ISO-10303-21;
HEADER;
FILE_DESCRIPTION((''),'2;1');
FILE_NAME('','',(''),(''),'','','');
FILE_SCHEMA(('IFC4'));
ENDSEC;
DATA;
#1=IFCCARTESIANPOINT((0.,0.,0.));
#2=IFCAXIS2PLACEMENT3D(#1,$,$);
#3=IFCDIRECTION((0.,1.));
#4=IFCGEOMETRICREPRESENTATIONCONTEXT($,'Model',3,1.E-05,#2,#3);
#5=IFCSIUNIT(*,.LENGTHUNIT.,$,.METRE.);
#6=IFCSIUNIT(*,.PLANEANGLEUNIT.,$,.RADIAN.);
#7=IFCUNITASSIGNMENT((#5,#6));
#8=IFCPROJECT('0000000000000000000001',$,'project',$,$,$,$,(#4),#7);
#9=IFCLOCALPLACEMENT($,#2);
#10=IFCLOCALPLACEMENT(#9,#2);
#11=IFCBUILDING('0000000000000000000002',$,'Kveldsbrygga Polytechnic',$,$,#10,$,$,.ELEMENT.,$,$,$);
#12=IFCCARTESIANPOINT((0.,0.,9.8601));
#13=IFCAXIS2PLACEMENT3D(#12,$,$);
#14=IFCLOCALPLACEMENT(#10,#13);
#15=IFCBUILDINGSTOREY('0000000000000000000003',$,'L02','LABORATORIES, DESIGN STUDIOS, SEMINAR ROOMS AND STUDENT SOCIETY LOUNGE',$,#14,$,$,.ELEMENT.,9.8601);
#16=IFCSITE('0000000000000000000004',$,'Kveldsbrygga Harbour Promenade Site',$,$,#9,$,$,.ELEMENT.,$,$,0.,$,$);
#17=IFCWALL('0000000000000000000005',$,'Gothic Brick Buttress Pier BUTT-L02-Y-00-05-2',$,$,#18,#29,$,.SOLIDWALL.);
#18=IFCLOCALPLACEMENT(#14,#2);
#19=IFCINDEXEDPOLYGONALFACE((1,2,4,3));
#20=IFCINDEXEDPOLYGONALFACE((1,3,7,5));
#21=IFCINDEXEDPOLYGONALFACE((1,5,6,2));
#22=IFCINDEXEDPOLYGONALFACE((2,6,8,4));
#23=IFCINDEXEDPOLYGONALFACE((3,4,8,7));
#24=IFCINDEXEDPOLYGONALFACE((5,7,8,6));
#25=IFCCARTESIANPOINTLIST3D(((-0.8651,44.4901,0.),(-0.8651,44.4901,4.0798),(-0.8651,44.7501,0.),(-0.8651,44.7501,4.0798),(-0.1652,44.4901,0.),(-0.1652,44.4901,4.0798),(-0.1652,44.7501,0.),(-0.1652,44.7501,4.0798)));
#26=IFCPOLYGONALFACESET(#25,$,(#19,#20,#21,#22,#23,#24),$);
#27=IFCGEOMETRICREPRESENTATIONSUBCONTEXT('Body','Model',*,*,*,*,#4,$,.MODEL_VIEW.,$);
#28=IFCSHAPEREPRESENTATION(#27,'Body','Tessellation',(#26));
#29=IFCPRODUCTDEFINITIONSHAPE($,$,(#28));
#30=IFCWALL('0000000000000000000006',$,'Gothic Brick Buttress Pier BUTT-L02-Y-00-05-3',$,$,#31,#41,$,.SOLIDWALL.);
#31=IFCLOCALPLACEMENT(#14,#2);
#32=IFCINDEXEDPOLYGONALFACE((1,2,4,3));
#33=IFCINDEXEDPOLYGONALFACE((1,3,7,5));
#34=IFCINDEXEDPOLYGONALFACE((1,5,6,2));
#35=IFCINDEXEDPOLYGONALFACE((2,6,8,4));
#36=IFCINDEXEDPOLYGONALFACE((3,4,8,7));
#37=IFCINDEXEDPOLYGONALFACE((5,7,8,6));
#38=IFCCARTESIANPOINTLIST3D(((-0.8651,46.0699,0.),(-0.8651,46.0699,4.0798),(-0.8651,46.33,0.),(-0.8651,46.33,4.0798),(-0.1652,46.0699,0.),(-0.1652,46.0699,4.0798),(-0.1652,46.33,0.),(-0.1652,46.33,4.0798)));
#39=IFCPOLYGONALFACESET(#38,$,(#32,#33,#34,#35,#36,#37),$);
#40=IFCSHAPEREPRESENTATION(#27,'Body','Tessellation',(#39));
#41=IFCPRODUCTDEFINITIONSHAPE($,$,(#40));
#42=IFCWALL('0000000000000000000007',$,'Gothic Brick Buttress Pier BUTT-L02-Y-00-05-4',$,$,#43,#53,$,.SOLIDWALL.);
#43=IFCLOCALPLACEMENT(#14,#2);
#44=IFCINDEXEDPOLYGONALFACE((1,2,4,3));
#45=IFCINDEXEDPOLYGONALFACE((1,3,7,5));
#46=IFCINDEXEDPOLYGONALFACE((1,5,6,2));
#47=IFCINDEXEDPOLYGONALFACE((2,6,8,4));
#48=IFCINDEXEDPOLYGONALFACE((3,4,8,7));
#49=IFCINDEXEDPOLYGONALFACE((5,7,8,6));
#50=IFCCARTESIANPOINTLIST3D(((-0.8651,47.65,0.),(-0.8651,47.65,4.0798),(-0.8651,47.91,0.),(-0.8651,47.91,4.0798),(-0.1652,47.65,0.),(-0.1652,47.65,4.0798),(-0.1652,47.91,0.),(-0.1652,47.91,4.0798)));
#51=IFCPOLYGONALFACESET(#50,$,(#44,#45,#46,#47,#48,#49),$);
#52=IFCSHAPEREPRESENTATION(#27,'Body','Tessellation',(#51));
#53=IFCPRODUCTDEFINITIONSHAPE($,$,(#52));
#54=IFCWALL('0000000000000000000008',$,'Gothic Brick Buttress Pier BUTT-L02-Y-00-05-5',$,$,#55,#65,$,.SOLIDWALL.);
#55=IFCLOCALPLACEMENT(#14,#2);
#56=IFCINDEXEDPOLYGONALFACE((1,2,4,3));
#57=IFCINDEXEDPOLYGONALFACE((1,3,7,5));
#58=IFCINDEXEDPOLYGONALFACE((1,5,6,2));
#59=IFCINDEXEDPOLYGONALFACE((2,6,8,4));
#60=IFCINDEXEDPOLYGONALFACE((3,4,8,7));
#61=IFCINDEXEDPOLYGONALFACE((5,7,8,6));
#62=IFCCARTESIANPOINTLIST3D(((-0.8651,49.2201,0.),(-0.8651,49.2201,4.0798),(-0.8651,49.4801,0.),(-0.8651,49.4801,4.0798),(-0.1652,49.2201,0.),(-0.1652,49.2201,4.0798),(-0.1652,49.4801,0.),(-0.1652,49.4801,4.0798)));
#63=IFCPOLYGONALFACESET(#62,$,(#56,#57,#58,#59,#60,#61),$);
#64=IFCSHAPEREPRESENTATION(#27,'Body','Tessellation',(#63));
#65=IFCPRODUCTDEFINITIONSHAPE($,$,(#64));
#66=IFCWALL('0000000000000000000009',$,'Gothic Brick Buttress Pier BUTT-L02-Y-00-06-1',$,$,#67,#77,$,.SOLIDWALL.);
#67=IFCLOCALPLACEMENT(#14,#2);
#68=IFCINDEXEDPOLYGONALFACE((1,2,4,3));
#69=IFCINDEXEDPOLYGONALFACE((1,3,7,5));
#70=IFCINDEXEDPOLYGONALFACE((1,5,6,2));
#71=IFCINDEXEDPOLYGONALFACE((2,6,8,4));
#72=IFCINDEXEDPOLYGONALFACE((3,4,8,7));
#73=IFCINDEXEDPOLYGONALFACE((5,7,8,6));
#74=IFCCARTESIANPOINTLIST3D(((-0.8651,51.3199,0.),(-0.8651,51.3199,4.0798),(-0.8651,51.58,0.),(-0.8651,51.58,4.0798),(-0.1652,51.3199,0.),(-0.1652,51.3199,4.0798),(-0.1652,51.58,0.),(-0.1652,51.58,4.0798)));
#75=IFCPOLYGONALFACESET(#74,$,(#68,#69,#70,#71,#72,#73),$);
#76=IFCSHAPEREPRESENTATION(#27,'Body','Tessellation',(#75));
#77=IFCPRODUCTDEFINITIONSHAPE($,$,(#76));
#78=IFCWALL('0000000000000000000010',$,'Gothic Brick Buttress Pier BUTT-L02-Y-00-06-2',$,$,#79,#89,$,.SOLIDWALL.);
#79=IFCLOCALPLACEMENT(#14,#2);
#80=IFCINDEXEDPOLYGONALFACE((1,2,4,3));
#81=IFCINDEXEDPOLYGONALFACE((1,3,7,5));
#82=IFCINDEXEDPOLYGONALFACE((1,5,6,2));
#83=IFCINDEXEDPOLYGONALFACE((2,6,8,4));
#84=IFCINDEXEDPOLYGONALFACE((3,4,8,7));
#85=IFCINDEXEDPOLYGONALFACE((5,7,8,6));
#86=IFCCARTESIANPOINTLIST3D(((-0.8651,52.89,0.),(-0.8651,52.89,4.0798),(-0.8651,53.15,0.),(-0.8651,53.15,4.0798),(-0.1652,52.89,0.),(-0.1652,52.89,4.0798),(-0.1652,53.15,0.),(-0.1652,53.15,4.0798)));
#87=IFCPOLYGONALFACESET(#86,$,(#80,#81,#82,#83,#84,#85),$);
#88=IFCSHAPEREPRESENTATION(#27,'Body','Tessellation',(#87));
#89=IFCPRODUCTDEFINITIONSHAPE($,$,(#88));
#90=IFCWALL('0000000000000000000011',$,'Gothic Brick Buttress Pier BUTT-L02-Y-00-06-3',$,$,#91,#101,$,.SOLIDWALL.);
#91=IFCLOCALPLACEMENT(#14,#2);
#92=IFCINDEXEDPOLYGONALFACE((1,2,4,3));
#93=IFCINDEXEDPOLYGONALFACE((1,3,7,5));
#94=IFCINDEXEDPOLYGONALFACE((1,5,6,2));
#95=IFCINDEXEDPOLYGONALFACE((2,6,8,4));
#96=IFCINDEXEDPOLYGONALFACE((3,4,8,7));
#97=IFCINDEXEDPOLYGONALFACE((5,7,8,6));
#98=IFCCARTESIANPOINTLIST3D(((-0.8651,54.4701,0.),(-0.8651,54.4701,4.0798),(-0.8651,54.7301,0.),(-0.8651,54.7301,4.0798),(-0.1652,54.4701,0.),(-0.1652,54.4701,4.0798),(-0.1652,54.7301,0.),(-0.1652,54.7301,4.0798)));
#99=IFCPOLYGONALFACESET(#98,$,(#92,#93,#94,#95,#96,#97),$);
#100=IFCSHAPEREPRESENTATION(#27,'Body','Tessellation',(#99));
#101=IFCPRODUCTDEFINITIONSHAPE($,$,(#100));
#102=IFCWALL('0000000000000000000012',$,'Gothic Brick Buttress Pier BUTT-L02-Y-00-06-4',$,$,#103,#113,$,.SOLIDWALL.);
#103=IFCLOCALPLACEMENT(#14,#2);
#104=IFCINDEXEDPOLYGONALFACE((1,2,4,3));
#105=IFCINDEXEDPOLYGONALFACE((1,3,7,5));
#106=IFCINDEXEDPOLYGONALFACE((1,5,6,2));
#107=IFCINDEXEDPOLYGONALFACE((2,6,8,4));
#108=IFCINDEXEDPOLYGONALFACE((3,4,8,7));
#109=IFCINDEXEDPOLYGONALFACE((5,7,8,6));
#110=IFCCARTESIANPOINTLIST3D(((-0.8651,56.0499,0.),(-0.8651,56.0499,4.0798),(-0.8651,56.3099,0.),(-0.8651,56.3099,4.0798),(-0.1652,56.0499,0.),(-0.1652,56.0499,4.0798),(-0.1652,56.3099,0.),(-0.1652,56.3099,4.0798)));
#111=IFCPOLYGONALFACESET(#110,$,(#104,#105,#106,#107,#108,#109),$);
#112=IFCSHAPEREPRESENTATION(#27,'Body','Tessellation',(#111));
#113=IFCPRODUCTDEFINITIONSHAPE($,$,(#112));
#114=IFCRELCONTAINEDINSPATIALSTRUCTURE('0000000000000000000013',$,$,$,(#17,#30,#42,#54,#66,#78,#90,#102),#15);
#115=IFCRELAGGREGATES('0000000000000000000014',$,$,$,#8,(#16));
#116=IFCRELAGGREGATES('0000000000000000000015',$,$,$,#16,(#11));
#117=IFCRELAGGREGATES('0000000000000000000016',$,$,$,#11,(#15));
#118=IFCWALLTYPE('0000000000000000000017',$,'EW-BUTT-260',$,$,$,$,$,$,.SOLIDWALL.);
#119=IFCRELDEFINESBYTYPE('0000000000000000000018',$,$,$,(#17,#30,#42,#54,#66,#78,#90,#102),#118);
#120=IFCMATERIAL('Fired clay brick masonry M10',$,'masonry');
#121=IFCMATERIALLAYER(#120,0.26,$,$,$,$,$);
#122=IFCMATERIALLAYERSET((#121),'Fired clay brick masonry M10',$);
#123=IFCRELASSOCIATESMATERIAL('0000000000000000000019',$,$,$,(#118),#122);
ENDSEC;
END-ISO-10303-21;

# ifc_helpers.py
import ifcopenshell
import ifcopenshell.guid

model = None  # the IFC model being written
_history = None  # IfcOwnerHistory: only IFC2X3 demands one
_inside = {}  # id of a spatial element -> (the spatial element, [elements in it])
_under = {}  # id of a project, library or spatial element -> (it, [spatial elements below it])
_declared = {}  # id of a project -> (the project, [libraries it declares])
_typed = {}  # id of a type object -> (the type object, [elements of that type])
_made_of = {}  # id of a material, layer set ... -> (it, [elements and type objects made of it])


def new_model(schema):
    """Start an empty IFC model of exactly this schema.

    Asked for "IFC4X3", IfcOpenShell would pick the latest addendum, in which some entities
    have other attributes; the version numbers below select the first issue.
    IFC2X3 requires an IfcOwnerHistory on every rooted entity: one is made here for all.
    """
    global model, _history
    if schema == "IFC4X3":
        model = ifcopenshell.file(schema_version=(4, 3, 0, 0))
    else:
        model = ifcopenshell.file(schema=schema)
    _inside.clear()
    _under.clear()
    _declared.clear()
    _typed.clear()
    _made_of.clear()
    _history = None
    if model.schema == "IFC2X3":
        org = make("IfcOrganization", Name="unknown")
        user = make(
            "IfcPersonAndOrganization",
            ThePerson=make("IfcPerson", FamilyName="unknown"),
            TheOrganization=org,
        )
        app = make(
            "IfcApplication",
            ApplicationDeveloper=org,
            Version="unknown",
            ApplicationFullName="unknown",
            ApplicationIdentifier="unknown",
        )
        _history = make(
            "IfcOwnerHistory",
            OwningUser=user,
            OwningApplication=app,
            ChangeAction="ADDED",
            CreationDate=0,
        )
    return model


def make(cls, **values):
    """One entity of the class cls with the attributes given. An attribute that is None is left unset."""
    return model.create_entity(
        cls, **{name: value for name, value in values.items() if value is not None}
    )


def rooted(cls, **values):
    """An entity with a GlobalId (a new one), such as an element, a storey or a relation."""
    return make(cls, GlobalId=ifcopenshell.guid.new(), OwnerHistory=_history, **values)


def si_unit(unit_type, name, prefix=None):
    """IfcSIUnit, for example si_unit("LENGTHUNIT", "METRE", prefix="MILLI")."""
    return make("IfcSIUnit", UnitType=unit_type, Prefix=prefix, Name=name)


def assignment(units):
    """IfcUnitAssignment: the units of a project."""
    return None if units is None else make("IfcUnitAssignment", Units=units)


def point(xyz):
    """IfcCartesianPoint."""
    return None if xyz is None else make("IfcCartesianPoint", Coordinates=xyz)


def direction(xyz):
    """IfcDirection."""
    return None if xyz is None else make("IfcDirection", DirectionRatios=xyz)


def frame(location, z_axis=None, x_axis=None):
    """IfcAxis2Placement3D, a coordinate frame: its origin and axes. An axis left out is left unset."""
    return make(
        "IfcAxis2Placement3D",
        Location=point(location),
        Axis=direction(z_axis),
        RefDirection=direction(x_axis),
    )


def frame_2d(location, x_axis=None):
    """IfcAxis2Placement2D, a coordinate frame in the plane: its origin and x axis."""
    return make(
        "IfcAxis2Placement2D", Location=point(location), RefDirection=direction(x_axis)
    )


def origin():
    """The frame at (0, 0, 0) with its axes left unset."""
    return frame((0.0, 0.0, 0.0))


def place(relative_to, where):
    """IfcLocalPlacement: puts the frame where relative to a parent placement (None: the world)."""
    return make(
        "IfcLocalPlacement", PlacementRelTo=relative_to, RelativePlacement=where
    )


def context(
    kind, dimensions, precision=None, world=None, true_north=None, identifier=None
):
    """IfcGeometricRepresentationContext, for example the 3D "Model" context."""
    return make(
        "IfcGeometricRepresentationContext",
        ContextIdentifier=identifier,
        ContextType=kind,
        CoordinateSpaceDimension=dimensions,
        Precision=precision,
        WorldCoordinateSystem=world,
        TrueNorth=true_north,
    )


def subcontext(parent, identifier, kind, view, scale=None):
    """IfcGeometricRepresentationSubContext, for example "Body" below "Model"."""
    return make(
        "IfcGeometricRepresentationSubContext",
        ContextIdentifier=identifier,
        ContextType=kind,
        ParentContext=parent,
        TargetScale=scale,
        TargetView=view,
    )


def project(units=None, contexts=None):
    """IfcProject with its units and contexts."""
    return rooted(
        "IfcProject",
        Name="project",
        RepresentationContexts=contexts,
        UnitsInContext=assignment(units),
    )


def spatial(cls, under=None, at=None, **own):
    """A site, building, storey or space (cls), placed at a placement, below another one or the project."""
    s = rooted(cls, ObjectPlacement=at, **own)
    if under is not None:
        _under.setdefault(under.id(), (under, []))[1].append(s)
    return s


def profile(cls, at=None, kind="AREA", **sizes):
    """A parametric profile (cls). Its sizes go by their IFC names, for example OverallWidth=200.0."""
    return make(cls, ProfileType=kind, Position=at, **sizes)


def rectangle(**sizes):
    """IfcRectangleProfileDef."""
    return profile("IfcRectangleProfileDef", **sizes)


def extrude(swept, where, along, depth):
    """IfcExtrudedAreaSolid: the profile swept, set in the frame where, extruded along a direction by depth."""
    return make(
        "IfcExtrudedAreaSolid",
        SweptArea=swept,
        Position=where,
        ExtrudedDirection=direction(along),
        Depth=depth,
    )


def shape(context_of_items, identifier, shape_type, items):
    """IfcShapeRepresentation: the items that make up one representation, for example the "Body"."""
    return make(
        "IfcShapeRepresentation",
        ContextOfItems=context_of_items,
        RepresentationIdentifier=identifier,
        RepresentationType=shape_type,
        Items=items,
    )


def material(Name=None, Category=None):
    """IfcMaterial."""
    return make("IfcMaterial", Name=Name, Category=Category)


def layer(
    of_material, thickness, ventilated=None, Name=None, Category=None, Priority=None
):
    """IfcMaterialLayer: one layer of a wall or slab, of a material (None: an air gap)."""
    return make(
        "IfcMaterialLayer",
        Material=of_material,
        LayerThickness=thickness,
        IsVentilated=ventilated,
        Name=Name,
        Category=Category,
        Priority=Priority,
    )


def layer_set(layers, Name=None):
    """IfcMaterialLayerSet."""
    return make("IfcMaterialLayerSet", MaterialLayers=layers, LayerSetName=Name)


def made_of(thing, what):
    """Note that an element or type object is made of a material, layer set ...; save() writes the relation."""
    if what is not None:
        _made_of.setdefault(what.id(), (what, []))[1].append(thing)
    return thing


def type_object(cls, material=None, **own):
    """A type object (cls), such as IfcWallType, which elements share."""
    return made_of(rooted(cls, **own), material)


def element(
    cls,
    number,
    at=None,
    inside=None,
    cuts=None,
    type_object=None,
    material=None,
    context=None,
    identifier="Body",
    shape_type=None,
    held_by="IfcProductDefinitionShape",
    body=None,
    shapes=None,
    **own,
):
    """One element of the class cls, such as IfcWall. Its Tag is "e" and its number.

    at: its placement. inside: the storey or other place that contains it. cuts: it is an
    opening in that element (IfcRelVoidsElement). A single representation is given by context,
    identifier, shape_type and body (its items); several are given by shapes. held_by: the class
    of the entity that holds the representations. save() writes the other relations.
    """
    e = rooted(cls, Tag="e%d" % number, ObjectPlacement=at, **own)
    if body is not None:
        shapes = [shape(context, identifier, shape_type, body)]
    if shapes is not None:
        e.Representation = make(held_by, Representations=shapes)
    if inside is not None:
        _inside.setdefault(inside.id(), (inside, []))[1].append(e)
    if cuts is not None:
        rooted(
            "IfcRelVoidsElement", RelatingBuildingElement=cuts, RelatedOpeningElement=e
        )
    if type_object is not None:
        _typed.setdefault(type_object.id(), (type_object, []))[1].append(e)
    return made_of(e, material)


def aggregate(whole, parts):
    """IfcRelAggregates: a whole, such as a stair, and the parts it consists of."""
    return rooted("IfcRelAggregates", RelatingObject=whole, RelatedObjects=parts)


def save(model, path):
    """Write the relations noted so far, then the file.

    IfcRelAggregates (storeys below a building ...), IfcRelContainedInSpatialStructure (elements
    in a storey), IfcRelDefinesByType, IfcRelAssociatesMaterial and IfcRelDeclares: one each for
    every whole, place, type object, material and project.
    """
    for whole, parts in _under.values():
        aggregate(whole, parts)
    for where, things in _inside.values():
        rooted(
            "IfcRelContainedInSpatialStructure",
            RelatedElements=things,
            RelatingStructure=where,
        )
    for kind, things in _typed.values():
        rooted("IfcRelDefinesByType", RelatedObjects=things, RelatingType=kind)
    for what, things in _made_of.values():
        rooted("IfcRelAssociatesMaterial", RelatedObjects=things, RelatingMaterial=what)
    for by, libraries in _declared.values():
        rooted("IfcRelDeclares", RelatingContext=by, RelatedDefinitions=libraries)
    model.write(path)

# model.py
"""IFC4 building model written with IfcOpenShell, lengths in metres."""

from ifc_helpers import new_model, si_unit, direction, frame, frame_2d, origin, place, context, subcontext, project, spatial, rectangle, extrude, material, layer, layer_set, type_object, element, save


model = new_model("IFC4")

# Units and contexts
model_context = context("Model", 3, precision=1e-05, world=origin(), true_north=direction((0.0, 1.0)))
body_context = subcontext(model_context, "Body", "Model", "MODEL_VIEW")
ifc_project = project(units=[si_unit("LENGTHUNIT", "METRE"), si_unit("PLANEANGLEUNIT", "RADIAN")], contexts=[model_context])

# Site, building, storey
site_placement = place(None, origin())
site = spatial("IfcSite", under=ifc_project, at=site_placement, Name="Kveldsbrygga Harbour Promenade Site", CompositionType="ELEMENT", RefElevation=0.0)
building_placement = place(site_placement, origin())
building = spatial("IfcBuilding", under=site, at=building_placement, Name="Kveldsbrygga Polytechnic", CompositionType="ELEMENT")
storey_placement = place(building_placement, frame((0.0, 0.0, 9.8601)))
storey = spatial("IfcBuildingStorey", under=building, at=storey_placement, Name="L02", Description="LABORATORIES, DESIGN STUDIOS, SEMINAR ROOMS AND STUDENT SOCIETY LOUNGE", CompositionType="ELEMENT", Elevation=9.8601)

# Shared definitions
ifc_material_1 = material(Name="Fired clay brick masonry M10", Category="masonry")

# Walls
ifc_layer_1 = layer(ifc_material_1, 0.26)
ifc_layer_set_1 = layer_set([ifc_layer_1], Name="Fired clay brick masonry M10")
wall_type_1 = type_object("IfcWallType", Name="EW-BUTT-260", PredefinedType="SOLIDWALL", material=ifc_layer_set_1)
for number, where, z_axis, x_axis, name in (
    (1, (-0.165, 44.6201, 0.0), (0.0, 0.0, 1.0), (-1.0, 0.0, 0.0), "Gothic Brick Buttress Pier BUTT-L02-Y-00-05-2"),
    (2, (-0.165, 46.2, 0.0), (0.0, 0.0, 1.0), (-1.0, 0.0, 0.0), "Gothic Brick Buttress Pier BUTT-L02-Y-00-05-3"),
    (3, (-0.165, 47.78, 0.0), (0.0, 0.0, 1.0), (-1.0, 0.0, 0.0), "Gothic Brick Buttress Pier BUTT-L02-Y-00-05-4"),
    (4, (-0.165, 49.3501, 0.0), (0.0, 0.0, 1.0), (-1.0, 0.0, 0.0), "Gothic Brick Buttress Pier BUTT-L02-Y-00-05-5"),
    (5, (-0.165, 51.45, 0.0), (0.0, 0.0, 1.0), (-1.0, 0.0, 0.0), "Gothic Brick Buttress Pier BUTT-L02-Y-00-06-1"),
    (6, (-0.165, 53.02, 0.0), (0.0, 0.0, 1.0), (-1.0, 0.0, 0.0), "Gothic Brick Buttress Pier BUTT-L02-Y-00-06-2"),
    (7, (-0.165, 54.6001, 0.0), (0.0, 0.0, 1.0), (-1.0, 0.0, 0.0), "Gothic Brick Buttress Pier BUTT-L02-Y-00-06-3"),
    (8, (-0.165, 56.1799, 0.0), (0.0, 0.0, 1.0), (-1.0, 0.0, 0.0), "Gothic Brick Buttress Pier BUTT-L02-Y-00-06-4"),
):
    element("IfcWall", number, at=place(storey_placement, frame(where, z_axis=z_axis, x_axis=x_axis)), inside=storey, type_object=wall_type_1, Name=name, PredefinedType="SOLIDWALL", context=body_context, shape_type="SweptSolid", body=[
        extrude(rectangle(XDim=0.7, YDim=0.26, at=frame_2d((0.3501, 0.0))), origin(), (0.0, 0.0, 1.0), 4.0798),
    ])

save(model, "model.ifc")
